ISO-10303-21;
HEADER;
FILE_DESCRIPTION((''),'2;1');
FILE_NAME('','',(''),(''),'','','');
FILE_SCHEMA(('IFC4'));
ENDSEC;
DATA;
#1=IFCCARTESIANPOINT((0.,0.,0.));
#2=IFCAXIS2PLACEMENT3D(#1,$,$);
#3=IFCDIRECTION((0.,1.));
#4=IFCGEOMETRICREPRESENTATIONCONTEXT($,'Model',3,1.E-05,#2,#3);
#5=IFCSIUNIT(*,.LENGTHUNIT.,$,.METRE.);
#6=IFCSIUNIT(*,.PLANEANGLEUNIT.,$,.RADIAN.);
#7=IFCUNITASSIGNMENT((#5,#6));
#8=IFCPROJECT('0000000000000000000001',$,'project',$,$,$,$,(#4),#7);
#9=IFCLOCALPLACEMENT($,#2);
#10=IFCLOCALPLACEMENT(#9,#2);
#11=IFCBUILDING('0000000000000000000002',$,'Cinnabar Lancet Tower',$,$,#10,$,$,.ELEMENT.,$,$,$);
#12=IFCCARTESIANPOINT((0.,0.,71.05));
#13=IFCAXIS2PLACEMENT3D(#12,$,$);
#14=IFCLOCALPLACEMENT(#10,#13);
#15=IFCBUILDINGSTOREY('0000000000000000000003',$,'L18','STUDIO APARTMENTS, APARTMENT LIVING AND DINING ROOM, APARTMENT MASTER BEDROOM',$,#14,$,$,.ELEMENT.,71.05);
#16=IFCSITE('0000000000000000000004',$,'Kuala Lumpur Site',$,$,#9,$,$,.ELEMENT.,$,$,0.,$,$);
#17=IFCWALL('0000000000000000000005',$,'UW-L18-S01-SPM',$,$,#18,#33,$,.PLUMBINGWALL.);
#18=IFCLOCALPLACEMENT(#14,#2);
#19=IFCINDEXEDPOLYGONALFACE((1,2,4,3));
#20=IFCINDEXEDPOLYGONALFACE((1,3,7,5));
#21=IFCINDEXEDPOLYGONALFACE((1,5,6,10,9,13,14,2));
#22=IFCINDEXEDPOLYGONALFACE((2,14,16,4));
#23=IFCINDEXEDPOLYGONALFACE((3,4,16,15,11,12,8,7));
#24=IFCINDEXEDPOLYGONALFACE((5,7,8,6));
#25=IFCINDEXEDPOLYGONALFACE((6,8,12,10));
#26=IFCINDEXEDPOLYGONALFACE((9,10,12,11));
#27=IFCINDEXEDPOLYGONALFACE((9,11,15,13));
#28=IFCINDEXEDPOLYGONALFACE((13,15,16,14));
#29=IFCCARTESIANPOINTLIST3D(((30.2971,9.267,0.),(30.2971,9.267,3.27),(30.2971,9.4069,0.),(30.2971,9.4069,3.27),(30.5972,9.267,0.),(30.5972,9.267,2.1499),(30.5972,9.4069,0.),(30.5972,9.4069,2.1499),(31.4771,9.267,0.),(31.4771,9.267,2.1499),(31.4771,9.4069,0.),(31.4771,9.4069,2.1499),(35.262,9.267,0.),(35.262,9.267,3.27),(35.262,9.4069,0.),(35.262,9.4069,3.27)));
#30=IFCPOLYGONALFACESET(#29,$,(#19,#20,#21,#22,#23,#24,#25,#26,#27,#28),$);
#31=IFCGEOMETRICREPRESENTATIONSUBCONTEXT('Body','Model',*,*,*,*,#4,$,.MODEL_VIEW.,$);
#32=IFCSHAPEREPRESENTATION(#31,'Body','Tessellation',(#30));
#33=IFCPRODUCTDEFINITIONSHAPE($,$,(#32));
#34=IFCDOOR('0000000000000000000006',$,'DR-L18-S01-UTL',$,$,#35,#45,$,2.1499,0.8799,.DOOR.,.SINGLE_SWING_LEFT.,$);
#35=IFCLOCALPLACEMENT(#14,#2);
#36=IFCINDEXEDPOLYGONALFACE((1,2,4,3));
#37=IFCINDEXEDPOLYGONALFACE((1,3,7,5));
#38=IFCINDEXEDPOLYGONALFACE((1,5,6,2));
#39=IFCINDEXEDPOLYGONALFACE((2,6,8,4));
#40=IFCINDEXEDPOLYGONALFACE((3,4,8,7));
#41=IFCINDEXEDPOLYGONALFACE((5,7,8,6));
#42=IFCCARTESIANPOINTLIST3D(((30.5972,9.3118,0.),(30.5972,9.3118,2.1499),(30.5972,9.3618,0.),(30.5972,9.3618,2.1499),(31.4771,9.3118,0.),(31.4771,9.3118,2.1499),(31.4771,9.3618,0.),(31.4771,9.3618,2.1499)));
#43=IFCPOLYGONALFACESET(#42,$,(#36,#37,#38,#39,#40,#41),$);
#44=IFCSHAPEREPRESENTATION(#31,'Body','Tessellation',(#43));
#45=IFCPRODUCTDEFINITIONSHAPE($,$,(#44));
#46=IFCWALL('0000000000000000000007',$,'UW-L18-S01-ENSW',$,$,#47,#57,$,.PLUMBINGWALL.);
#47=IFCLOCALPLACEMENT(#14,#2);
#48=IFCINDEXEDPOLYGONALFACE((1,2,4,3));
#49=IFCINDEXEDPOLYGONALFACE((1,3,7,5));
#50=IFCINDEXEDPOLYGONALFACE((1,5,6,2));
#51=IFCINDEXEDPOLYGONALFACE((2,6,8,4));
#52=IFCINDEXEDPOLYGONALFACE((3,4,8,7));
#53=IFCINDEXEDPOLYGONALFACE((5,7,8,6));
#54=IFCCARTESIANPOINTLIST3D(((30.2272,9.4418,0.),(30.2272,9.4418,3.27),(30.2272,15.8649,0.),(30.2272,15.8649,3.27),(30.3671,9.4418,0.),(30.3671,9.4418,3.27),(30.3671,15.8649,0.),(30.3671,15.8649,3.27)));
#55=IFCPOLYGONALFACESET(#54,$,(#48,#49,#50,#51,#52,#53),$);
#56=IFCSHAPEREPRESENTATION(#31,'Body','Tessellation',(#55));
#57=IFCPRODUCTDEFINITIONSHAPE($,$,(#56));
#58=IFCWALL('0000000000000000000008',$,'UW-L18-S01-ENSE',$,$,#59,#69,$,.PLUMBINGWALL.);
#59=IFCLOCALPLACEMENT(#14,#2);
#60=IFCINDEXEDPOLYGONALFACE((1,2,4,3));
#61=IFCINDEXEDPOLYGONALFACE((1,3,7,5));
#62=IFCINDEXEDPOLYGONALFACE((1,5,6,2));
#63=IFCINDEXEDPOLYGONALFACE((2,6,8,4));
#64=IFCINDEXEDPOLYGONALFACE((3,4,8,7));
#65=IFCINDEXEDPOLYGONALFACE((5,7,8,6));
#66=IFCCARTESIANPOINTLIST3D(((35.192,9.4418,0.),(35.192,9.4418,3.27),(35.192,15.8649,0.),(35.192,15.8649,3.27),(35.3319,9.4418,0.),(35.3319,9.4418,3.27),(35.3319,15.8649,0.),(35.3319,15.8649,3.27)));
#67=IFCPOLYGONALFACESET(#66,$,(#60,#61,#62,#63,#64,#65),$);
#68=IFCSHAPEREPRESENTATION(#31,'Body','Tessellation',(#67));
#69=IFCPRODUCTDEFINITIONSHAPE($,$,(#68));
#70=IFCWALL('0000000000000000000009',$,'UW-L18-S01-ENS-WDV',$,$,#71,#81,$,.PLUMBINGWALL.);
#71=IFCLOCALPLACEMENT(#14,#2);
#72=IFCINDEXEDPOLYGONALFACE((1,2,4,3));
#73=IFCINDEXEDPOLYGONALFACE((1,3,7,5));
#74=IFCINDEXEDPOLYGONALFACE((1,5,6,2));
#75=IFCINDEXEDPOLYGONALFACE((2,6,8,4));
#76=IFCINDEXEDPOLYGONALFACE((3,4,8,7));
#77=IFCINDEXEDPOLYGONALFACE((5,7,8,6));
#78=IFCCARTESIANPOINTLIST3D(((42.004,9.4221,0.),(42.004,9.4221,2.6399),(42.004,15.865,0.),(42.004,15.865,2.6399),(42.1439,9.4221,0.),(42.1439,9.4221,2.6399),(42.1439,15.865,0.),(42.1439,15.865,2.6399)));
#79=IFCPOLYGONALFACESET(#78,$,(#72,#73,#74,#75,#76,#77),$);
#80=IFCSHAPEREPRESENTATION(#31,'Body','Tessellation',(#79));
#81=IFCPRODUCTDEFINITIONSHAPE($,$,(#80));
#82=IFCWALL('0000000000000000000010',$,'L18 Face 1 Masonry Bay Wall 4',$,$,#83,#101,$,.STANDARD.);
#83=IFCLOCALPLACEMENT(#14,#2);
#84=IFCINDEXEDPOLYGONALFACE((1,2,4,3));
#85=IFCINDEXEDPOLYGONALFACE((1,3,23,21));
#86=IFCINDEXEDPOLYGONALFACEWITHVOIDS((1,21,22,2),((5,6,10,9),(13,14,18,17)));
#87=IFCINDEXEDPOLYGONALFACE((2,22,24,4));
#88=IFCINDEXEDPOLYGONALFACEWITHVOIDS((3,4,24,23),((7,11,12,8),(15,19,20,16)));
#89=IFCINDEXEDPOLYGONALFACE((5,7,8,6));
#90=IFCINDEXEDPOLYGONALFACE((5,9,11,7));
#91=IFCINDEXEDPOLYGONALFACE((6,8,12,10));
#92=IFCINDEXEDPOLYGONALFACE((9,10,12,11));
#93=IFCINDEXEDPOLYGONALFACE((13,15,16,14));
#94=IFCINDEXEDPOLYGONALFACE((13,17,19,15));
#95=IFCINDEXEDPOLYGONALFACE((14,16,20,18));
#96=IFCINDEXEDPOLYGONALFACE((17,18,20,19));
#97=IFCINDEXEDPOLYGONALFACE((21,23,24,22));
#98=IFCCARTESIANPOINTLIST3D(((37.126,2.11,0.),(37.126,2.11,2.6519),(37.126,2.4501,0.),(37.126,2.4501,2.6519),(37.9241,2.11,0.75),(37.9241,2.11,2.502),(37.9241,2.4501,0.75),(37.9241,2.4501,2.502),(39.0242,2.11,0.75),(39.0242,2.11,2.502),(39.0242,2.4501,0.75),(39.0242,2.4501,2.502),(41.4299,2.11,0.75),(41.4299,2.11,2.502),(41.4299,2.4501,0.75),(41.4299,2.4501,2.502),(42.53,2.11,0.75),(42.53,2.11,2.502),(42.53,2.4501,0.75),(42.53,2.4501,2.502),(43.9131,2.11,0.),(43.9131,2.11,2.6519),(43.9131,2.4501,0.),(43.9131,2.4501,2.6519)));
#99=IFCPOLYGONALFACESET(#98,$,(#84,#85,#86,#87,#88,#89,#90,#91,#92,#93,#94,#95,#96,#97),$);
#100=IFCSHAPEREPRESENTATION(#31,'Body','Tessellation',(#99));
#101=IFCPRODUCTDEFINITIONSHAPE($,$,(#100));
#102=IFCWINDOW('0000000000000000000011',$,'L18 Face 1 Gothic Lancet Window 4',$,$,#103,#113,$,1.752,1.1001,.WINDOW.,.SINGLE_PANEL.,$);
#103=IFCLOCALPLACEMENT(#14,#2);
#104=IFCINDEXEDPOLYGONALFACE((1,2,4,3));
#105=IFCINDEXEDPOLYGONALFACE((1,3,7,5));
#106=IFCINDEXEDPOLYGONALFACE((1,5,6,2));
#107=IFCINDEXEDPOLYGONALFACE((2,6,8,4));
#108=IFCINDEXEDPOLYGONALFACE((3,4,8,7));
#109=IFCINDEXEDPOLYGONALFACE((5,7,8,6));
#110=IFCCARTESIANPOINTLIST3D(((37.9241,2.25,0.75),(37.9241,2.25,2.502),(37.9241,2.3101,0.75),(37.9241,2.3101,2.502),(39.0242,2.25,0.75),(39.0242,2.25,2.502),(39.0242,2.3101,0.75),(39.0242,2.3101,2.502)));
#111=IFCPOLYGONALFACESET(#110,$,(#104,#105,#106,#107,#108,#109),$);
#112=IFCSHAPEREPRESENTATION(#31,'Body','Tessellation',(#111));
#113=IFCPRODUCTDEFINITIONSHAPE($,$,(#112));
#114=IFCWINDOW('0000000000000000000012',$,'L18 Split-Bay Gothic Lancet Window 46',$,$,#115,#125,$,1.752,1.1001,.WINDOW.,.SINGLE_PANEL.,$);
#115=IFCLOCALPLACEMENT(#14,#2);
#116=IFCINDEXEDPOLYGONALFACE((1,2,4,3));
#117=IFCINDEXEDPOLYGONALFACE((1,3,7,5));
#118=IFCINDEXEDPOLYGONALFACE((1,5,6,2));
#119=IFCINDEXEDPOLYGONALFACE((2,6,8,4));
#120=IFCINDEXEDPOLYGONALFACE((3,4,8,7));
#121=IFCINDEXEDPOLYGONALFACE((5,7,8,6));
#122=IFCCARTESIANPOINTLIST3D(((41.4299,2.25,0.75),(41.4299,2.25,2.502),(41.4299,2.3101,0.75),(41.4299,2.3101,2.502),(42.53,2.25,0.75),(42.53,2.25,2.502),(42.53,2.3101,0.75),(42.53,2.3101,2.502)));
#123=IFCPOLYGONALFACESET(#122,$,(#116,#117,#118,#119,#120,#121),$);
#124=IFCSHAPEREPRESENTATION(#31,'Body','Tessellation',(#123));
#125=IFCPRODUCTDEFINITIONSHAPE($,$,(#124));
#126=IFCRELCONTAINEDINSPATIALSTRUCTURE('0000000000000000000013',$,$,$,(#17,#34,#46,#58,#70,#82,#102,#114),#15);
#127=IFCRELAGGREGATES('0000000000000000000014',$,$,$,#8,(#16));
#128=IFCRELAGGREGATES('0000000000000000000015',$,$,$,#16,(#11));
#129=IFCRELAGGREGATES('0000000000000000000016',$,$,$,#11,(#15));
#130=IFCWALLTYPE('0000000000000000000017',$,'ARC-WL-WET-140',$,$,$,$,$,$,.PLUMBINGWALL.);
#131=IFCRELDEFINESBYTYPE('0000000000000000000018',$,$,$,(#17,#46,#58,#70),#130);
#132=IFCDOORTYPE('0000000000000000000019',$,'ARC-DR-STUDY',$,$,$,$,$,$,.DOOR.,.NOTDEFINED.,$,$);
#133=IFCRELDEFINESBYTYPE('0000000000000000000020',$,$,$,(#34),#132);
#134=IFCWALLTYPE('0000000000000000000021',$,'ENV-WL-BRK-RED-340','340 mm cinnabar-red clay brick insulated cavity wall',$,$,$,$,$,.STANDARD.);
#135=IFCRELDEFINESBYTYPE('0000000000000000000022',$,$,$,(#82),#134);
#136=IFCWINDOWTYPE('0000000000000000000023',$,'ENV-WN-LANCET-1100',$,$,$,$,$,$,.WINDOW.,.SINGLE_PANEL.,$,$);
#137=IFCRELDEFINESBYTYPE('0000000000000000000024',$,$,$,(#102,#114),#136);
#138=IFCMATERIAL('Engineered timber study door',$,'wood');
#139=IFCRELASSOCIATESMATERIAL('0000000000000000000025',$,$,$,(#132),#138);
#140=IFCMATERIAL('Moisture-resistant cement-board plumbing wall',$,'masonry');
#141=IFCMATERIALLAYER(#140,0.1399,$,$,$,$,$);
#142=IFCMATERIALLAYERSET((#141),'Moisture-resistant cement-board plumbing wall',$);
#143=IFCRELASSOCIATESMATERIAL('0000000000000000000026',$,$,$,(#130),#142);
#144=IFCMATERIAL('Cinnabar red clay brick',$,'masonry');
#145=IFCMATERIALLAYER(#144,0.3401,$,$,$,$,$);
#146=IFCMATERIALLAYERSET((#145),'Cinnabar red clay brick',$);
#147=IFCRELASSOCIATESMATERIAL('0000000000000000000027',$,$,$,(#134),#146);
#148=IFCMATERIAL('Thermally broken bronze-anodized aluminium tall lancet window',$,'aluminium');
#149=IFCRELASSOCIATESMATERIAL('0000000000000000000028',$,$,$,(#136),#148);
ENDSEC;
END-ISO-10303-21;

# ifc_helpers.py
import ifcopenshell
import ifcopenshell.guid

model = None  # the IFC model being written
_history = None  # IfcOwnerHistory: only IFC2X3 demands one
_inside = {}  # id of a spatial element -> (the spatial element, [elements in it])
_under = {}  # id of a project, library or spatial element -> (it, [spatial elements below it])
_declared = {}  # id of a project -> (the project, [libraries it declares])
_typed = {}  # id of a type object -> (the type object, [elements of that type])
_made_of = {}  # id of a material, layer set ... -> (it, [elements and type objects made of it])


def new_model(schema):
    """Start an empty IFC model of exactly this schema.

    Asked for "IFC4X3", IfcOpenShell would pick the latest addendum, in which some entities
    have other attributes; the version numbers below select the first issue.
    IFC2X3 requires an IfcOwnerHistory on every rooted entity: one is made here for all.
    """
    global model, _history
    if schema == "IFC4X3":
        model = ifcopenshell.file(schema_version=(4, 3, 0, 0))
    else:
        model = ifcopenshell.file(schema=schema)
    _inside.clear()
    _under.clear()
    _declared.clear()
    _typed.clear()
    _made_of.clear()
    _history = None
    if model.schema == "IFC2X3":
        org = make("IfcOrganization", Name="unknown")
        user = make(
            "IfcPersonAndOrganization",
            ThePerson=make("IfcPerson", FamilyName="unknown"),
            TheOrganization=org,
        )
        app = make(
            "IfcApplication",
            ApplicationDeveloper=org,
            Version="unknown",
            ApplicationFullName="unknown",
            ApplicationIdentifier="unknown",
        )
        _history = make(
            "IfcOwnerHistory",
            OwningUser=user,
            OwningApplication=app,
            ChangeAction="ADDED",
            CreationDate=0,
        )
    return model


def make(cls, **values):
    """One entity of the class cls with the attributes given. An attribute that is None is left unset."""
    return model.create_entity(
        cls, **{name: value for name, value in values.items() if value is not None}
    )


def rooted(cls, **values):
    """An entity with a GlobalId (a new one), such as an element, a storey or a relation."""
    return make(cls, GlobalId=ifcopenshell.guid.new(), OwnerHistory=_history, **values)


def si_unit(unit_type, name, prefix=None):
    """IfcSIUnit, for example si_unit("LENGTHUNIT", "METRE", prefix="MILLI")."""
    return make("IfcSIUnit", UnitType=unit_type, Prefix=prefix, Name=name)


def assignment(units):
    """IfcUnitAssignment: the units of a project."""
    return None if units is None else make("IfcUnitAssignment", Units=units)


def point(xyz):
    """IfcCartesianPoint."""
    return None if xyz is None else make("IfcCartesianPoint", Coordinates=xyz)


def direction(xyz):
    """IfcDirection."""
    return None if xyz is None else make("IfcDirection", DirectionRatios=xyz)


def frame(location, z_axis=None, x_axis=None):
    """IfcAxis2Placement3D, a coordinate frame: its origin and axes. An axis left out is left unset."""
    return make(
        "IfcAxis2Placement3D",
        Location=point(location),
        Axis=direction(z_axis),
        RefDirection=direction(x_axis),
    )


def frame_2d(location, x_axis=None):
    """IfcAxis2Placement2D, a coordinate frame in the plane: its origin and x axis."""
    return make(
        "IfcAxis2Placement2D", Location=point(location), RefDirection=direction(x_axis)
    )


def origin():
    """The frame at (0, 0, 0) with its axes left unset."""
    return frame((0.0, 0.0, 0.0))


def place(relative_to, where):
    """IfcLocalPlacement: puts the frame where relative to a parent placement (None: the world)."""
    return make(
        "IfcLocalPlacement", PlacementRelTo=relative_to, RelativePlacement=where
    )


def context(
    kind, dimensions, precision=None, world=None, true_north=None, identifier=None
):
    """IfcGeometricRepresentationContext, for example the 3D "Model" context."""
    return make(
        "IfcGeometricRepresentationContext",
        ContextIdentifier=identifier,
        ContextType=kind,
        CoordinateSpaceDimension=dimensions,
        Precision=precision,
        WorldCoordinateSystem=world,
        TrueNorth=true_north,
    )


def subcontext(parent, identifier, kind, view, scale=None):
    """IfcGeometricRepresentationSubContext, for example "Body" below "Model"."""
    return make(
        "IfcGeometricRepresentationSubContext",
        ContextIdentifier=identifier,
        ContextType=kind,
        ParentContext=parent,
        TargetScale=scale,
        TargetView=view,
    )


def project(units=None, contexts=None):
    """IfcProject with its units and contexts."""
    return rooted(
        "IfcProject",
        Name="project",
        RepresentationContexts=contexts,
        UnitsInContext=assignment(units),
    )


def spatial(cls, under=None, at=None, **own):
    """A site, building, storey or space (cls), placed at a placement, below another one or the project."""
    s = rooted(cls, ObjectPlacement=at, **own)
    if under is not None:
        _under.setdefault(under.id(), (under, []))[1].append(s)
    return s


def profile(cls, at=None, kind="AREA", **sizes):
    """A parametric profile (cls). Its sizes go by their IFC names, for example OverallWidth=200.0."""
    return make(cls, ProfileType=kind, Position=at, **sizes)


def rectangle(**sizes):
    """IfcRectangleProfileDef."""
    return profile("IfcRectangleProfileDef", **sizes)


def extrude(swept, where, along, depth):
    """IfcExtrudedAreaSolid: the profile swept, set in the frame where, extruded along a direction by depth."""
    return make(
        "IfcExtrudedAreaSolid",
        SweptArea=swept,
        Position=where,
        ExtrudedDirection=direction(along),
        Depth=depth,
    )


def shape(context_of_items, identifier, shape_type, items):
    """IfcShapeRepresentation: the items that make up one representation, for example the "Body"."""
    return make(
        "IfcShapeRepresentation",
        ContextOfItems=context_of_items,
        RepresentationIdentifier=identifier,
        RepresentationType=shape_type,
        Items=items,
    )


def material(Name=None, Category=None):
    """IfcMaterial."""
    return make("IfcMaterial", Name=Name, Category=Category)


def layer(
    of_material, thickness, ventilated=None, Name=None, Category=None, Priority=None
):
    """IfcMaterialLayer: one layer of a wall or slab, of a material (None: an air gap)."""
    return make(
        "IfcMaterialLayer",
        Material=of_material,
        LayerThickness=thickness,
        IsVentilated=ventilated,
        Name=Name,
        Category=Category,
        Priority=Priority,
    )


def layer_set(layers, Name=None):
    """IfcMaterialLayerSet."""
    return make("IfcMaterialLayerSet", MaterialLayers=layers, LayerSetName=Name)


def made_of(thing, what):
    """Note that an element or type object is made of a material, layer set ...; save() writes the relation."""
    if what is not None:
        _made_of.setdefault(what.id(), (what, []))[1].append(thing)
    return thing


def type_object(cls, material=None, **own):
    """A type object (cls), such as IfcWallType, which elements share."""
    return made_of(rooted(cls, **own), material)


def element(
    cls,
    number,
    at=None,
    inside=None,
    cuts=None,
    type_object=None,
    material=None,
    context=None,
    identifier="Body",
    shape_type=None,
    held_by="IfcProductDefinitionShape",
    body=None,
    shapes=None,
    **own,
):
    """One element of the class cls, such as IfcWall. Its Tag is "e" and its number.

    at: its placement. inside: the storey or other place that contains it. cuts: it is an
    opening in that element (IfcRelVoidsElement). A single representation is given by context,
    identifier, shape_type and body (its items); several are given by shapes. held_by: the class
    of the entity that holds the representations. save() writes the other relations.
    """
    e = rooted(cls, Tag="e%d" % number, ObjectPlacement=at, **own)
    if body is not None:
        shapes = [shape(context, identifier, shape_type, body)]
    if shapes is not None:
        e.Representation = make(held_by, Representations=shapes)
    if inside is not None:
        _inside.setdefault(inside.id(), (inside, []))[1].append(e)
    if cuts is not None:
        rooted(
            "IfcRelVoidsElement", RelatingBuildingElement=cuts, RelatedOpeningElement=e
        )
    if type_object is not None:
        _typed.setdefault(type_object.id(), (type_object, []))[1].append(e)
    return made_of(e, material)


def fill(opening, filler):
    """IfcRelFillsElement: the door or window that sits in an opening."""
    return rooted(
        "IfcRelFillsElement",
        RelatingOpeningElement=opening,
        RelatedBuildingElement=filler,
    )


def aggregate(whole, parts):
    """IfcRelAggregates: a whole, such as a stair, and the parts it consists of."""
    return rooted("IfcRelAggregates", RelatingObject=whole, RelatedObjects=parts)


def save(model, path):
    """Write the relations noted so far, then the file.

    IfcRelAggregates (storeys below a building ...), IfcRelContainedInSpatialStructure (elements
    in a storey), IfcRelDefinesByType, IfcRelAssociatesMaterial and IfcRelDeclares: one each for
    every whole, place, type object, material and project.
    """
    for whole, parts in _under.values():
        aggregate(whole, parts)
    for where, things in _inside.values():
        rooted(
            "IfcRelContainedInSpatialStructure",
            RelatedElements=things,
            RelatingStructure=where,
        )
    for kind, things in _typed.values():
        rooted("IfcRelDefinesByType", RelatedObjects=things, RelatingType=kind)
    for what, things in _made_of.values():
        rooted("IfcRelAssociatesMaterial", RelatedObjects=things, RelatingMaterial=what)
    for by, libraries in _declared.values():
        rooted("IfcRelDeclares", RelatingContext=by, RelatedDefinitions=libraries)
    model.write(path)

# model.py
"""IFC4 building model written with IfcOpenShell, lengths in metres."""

from ifc_helpers import new_model, si_unit, direction, frame, frame_2d, origin, place, context, subcontext, project, spatial, rectangle, extrude, material, layer, layer_set, type_object, element, fill, save


model = new_model("IFC4")

# Units and contexts
model_context = context("Model", 3, precision=1e-05, world=origin(), true_north=direction((0.0, 1.0)))
body_context = subcontext(model_context, "Body", "Model", "MODEL_VIEW")
ifc_project = project(units=[si_unit("LENGTHUNIT", "METRE"), si_unit("PLANEANGLEUNIT", "RADIAN")], contexts=[model_context])

# Site, building, storey
site_placement = place(None, origin())
site = spatial("IfcSite", under=ifc_project, at=site_placement, Name="Kuala Lumpur Site", CompositionType="ELEMENT", RefElevation=0.0)
building_placement = place(site_placement, origin())
building = spatial("IfcBuilding", under=site, at=building_placement, Name="Cinnabar Lancet Tower", CompositionType="ELEMENT")
storey_placement = place(building_placement, frame((0.0, 0.0, 71.05)))
storey = spatial("IfcBuildingStorey", under=building, at=storey_placement, Name="L18", Description="STUDIO APARTMENTS, APARTMENT LIVING AND DINING ROOM, APARTMENT MASTER BEDROOM", CompositionType="ELEMENT", Elevation=71.05)

# Shared definitions
ifc_material_1 = material(Name="Engineered timber study door", Category="wood")
door_type_1 = type_object("IfcDoorType", Name="ARC-DR-STUDY", OperationType="NOTDEFINED", PredefinedType="DOOR", material=ifc_material_1)

# Wall, opening, door
ifc_material_2 = material(Name="Moisture-resistant cement-board plumbing wall", Category="masonry")
ifc_layer_1 = layer(ifc_material_2, 0.1399)
ifc_layer_set_1 = layer_set([ifc_layer_1], Name="Moisture-resistant cement-board plumbing wall")
wall_type_1 = type_object("IfcWallType", Name="ARC-WL-WET-140", PredefinedType="PLUMBINGWALL", material=ifc_layer_set_1)
wall_1_placement = place(storey_placement, frame((30.2971, 9.3369, 0.0), z_axis=(0.0, 0.0, 1.0), x_axis=(1.0, 0.0, 0.0)))
wall_1 = element("IfcWall", 1, at=wall_1_placement, inside=storey, type_object=wall_type_1, Name="UW-L18-S01-SPM", PredefinedType="PLUMBINGWALL", context=body_context, shape_type="SweptSolid", body=[
    extrude(rectangle(XDim=4.9648, YDim=0.1399, at=frame_2d((2.4824, 0.0))), origin(), (0.0, 0.0, 1.0), 3.27),
])
opening_1_placement = place(wall_1_placement, frame((0.3, 0.0, 0.0)))
opening_1 = element("IfcOpeningElement", 2, at=opening_1_placement, cuts=wall_1, PredefinedType="OPENING", context=body_context, shape_type="SweptSolid", body=[
    extrude(rectangle(XDim=0.8799, YDim=2.1499, at=frame_2d((0.4399, 1.075))), frame((0.0, 0.0798, 0.0), z_axis=(0.0, -1.0, 0.0), x_axis=(1.0, 0.0, 0.0)), (0.0, 0.0, 1.0), 0.1599),
])
door_1_placement = place(opening_1_placement, origin())
door_1 = element("IfcDoor", 3, at=door_1_placement, inside=storey, type_object=door_type_1, Name="DR-L18-S01-UTL", OperationType="SINGLE_SWING_LEFT", OverallHeight=2.1499, OverallWidth=0.8799, PredefinedType="DOOR", context=body_context, shape_type="SweptSolid", body=[
    extrude(rectangle(XDim=0.8799, YDim=2.1499, at=frame_2d((0.4399, 1.075))), frame((0.0, 0.0249, 0.0), z_axis=(0.0, -1.0, 0.0), x_axis=(1.0, 0.0, 0.0)), (0.0, 0.0, 1.0), 0.05),
])
fill(opening_1, door_1)

# Walls
for number, where, z_axis, x_axis, name in (
    (4, (30.2971, 9.4419, 0.0), (0.0, 0.0, 1.0), (0.0, 1.0, 0.0), "UW-L18-S01-ENSW"),
    (5, (35.262, 9.4419, 0.0), (0.0, 0.0, 1.0), (0.0, 1.0, 0.0), "UW-L18-S01-ENSE"),
):
    element("IfcWall", number, at=place(storey_placement, frame(where, z_axis=z_axis, x_axis=x_axis)), inside=storey, type_object=wall_type_1, Name=name, PredefinedType="PLUMBINGWALL", context=body_context, shape_type="SweptSolid", body=[
        extrude(rectangle(XDim=6.4231, YDim=0.1399, at=frame_2d((3.2114, 0.0))), origin(), (0.0, 0.0, 1.0), 3.27),
    ])
wall_2_placement = place(storey_placement, frame((42.074, 9.4221, 0.0), z_axis=(0.0, 0.0, 1.0), x_axis=(0.0, 1.0, 0.0)))
element("IfcWall", 6, at=wall_2_placement, inside=storey, type_object=wall_type_1, Name="UW-L18-S01-ENS-WDV", PredefinedType="PLUMBINGWALL", context=body_context, shape_type="SweptSolid", body=[
    extrude(rectangle(XDim=6.4429, YDim=0.1399, at=frame_2d((3.2214, 0.0))), origin(), (0.0, 0.0, 1.0), 2.6399),
])

# Wall, openings, windows
ifc_material_3 = material(Name="Cinnabar red clay brick", Category="masonry")
ifc_layer_2 = layer(ifc_material_3, 0.3401)
ifc_layer_set_2 = layer_set([ifc_layer_2], Name="Cinnabar red clay brick")
wall_type_2 = type_object("IfcWallType", Name="ENV-WL-BRK-RED-340", Description="340 mm cinnabar-red clay brick insulated cavity wall", PredefinedType="STANDARD", material=ifc_layer_set_2)
wall_3_placement = place(storey_placement, frame((37.126, 2.28, 0.0), z_axis=(0.0, 0.0, 1.0), x_axis=(1.0, 0.0, 0.0)))
wall_3 = element("IfcWall", 7, at=wall_3_placement, inside=storey, type_object=wall_type_2, Name="L18 Face 1 Masonry Bay Wall 4", PredefinedType="STANDARD", context=body_context, shape_type="SweptSolid", body=[
    extrude(rectangle(XDim=6.7871, YDim=0.3401, at=frame_2d((3.3936, 0.0))), origin(), (0.0, 0.0, 1.0), 2.6519),
])
opening_2_placement = place(wall_3_placement, frame((0.7981, 0.0, 0.75)))
opening_2 = element("IfcOpeningElement", 8, at=opening_2_placement, cuts=wall_3, PredefinedType="OPENING", context=body_context, shape_type="SweptSolid", body=[
    extrude(rectangle(XDim=1.1001, YDim=1.752, at=frame_2d((0.55, 0.876))), frame((0.0, 0.1799, 0.0), z_axis=(0.0, -1.0, 0.0), x_axis=(1.0, 0.0, 0.0)), (0.0, 0.0, 1.0), 0.3601),
])
opening_3_placement = place(wall_3_placement, frame((4.304, 0.0, 0.75)))
opening_3 = element("IfcOpeningElement", 9, at=opening_3_placement, cuts=wall_3, PredefinedType="OPENING", context=body_context, shape_type="SweptSolid", body=[
    extrude(rectangle(XDim=1.1001, YDim=1.752, at=frame_2d((0.55, 0.876))), frame((0.0, 0.1799, 0.0), z_axis=(0.0, -1.0, 0.0), x_axis=(1.0, 0.0, 0.0)), (0.0, 0.0, 1.0), 0.3601),
])
ifc_material_4 = material(Name="Thermally broken bronze-anodized aluminium tall lancet window", Category="aluminium")
window_type = type_object("IfcWindowType", Name="ENV-WN-LANCET-1100", PartitioningType="SINGLE_PANEL", PredefinedType="WINDOW", material=ifc_material_4)
window_1_placement = place(opening_2_placement, origin())
window_1 = element("IfcWindow", 10, at=window_1_placement, inside=storey, type_object=window_type, Name="L18 Face 1 Gothic Lancet Window 4", OverallHeight=1.752, OverallWidth=1.1001, PartitioningType="SINGLE_PANEL", PredefinedType="WINDOW", context=body_context, shape_type="SweptSolid", body=[
    extrude(rectangle(XDim=1.1001, YDim=1.752, at=frame_2d((0.55, 0.876))), frame((0.0, 0.03, 0.0), z_axis=(0.0, -1.0, 0.0), x_axis=(1.0, 0.0, 0.0)), (0.0, 0.0, 1.0), 0.0601),
])
fill(opening_2, window_1)
window_2_placement = place(opening_3_placement, origin())
window_2 = element("IfcWindow", 11, at=window_2_placement, inside=storey, type_object=window_type, Name="L18 Split-Bay Gothic Lancet Window 46", OverallHeight=1.752, OverallWidth=1.1001, PartitioningType="SINGLE_PANEL", PredefinedType="WINDOW", context=body_context, shape_type="SweptSolid", body=[
    extrude(rectangle(XDim=1.1001, YDim=1.752, at=frame_2d((0.55, 0.876))), frame((0.0, 0.03, 0.0), z_axis=(0.0, -1.0, 0.0), x_axis=(1.0, 0.0, 0.0)), (0.0, 0.0, 1.0), 0.0601),
])
fill(opening_3, window_2)

save(model, "model.ifc")
